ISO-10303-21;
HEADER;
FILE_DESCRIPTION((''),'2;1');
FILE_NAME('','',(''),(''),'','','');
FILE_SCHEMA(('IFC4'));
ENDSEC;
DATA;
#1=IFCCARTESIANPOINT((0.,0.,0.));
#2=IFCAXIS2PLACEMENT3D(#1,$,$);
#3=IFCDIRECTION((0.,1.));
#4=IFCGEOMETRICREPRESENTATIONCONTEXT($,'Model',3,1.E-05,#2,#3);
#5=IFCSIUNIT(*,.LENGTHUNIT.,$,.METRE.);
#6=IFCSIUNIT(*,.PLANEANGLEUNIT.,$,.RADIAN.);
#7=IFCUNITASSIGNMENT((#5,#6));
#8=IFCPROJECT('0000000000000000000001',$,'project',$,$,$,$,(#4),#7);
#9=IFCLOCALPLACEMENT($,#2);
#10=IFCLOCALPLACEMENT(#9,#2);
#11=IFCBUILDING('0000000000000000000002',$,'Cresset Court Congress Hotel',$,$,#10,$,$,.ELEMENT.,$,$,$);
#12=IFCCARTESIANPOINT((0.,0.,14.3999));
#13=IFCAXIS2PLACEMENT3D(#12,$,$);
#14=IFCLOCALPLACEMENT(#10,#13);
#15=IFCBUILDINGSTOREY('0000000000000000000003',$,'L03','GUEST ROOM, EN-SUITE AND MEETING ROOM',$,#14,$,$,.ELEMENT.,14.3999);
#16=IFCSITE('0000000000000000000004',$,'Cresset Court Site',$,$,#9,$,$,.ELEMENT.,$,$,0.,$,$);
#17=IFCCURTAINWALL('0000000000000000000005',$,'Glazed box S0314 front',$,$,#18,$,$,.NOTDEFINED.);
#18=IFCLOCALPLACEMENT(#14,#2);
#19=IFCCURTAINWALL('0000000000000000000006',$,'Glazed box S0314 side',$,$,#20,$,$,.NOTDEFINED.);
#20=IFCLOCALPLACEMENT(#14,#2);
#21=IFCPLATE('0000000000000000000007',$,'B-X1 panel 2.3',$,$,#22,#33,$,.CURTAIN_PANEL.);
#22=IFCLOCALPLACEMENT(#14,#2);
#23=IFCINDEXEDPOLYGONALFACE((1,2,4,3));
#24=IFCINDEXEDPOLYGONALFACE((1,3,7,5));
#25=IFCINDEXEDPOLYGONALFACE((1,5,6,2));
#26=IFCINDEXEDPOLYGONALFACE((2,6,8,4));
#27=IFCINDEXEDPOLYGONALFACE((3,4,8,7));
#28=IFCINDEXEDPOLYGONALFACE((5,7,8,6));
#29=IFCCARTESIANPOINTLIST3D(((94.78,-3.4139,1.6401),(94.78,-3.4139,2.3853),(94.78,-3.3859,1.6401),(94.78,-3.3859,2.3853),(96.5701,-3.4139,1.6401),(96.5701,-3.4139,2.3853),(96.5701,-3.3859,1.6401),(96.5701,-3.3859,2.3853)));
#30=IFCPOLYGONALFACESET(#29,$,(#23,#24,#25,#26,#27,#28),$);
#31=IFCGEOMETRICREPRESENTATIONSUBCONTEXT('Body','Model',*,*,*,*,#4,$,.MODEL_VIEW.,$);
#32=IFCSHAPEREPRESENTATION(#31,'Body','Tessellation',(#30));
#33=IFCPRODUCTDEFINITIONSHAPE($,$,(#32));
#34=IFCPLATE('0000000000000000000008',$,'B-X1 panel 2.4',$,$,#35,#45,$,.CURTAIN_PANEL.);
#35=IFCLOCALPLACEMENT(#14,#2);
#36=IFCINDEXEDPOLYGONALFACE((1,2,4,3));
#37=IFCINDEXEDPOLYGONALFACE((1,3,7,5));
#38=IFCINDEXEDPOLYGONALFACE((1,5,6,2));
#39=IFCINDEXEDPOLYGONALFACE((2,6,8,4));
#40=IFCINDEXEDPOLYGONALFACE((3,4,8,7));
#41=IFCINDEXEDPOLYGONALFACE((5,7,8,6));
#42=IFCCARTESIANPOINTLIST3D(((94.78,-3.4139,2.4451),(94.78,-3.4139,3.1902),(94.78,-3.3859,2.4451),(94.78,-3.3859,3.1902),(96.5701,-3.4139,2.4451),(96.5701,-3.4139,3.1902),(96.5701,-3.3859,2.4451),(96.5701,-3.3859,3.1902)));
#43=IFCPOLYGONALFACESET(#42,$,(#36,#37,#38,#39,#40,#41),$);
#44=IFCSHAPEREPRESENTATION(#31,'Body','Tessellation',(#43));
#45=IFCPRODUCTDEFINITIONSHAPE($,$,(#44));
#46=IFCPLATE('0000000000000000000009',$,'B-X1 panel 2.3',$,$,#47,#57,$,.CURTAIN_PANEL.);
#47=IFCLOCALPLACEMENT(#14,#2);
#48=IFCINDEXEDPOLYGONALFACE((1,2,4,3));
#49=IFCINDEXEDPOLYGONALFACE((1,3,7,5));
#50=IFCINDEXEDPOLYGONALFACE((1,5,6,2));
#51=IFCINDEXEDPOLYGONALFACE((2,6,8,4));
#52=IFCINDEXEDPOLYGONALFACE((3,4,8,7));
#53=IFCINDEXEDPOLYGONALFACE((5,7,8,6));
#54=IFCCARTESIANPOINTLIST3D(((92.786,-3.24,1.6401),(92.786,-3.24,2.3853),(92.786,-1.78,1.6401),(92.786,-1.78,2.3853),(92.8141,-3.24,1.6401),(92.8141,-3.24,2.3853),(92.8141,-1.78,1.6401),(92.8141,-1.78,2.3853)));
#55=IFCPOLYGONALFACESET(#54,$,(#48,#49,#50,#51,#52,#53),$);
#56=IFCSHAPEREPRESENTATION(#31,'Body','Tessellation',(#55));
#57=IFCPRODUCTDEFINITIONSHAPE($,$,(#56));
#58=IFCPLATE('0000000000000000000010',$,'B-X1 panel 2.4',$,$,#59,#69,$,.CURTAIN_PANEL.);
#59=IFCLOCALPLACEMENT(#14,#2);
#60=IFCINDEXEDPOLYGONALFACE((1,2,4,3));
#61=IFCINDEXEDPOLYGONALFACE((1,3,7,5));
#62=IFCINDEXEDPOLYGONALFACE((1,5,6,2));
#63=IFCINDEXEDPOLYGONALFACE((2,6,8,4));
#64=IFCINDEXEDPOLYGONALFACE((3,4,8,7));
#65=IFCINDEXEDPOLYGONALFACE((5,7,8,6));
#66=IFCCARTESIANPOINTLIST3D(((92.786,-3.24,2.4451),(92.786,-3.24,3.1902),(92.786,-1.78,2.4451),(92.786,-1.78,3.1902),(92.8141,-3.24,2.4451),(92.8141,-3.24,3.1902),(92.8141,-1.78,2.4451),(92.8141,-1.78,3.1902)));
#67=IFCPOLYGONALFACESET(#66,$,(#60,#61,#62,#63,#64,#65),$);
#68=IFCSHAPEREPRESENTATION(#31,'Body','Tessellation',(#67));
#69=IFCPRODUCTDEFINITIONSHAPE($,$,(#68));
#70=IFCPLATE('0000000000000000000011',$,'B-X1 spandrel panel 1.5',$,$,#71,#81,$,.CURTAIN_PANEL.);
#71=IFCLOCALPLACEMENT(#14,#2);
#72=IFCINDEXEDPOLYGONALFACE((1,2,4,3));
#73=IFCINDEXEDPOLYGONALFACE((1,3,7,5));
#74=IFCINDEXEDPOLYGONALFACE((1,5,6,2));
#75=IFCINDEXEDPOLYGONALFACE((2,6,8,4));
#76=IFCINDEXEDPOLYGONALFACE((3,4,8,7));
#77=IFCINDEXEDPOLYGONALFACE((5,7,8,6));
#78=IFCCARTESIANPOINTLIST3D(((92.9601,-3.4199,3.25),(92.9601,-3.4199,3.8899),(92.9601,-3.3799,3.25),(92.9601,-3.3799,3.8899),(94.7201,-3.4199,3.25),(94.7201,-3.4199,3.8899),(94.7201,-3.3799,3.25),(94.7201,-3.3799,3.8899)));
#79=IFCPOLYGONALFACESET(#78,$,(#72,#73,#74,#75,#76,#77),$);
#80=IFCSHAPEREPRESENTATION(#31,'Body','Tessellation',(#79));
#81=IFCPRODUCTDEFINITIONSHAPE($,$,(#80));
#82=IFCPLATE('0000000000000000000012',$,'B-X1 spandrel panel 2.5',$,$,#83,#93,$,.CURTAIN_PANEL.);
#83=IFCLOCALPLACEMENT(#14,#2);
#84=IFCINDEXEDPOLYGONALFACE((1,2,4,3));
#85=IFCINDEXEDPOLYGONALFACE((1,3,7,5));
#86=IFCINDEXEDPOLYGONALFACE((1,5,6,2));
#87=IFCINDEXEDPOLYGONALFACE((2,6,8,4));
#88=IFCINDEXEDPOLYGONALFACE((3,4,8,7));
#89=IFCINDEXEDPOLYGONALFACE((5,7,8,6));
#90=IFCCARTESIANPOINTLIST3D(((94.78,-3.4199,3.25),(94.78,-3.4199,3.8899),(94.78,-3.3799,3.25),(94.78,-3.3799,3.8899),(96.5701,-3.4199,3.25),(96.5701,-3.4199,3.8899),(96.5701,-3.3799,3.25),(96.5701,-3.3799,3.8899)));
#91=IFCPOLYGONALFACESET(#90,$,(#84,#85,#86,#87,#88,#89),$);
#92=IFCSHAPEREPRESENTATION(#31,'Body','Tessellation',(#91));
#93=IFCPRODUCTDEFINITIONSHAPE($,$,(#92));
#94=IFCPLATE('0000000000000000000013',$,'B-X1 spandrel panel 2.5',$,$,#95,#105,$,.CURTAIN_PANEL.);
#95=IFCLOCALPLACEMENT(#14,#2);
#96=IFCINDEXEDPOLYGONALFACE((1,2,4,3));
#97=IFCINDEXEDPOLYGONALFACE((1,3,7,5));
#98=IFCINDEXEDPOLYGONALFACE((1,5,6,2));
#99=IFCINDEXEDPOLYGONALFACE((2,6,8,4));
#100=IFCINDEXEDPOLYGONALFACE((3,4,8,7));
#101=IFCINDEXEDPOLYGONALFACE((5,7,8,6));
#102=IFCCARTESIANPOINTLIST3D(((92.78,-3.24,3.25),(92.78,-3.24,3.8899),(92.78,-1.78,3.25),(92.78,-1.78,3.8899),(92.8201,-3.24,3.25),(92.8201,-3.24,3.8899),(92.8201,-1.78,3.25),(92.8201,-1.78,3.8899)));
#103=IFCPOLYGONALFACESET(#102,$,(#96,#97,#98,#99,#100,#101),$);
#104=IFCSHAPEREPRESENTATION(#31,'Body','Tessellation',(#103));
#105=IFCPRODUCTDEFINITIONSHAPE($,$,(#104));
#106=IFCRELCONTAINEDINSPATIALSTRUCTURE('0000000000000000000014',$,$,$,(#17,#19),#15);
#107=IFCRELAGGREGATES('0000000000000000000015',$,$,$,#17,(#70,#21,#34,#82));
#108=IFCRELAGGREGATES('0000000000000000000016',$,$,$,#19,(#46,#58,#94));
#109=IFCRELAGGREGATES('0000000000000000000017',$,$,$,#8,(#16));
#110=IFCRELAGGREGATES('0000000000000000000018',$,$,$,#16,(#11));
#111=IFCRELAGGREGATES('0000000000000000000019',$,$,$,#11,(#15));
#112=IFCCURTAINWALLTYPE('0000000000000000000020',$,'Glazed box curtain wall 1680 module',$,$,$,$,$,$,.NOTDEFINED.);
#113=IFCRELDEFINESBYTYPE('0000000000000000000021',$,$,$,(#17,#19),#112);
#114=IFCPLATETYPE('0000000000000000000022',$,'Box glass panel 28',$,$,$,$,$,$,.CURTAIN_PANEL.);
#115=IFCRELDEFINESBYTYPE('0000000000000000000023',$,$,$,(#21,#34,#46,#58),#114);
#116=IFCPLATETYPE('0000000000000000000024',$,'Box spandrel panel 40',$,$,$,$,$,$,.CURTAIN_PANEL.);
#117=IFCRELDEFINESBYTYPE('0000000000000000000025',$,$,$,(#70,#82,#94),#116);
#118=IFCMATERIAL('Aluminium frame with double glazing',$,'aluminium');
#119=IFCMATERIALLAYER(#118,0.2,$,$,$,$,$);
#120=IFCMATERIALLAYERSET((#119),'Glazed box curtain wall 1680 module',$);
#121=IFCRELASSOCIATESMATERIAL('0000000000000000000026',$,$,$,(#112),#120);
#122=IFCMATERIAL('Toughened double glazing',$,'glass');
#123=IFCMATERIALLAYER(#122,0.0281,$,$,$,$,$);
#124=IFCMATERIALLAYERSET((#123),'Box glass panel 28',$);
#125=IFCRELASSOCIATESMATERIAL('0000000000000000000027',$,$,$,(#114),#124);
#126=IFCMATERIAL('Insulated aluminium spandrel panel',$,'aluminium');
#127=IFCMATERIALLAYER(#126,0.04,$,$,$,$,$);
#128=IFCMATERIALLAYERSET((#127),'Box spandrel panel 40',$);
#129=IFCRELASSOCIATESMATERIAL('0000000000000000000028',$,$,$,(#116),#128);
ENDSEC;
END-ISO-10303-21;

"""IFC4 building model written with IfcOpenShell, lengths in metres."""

from ifc_helpers import new_model, si_unit, direction, frame, origin, origin_2d, place, context, subcontext, project, spatial, rectangle, extrude, material, layer, layer_set, type_object, element, aggregate, save


model = new_model("IFC4")

# Units and contexts
model_context = context("Model", 3, precision=1e-05, world=origin(), true_north=direction((0.0, 1.0)))
body_context = subcontext(model_context, "Body", "Model", "MODEL_VIEW")
ifc_project = project(units=[si_unit("LENGTHUNIT", "METRE"), si_unit("PLANEANGLEUNIT", "RADIAN")], contexts=[model_context])

# Site, building, storey
site_placement = place(None, origin())
site = spatial("IfcSite", under=ifc_project, at=site_placement, Name="Cresset Court Site", CompositionType="ELEMENT", RefElevation=0.0)
building_placement = place(site_placement, origin())
building = spatial("IfcBuilding", under=site, at=building_placement, Name="Cresset Court Congress Hotel", CompositionType="ELEMENT")
storey_placement = place(building_placement, frame((0.0, 0.0, 14.3999)))
storey = spatial("IfcBuildingStorey", under=building, at=storey_placement, Name="L03", Description="GUEST ROOM, EN-SUITE AND MEETING ROOM", CompositionType="ELEMENT", Elevation=14.3999)

# Curtain walls
ifc_material_1 = material(Name="Aluminium frame with double glazing", Category="aluminium")
ifc_layer_1 = layer(ifc_material_1, 0.2)
ifc_layer_set_1 = layer_set([ifc_layer_1], Name="Glazed box curtain wall 1680 module")
curtain_wall_type = type_object("IfcCurtainWallType", Name="Glazed box curtain wall 1680 module", PredefinedType="NOTDEFINED", material=ifc_layer_set_1)
curtain_wall_1_placement = place(storey_placement, origin())
curtain_wall_1 = element("IfcCurtainWall", 1, at=curtain_wall_1_placement, inside=storey, type_object=curtain_wall_type, Name="Glazed box S0314 front", PredefinedType="NOTDEFINED")
curtain_wall_2_placement = place(storey_placement, origin())
curtain_wall_2 = element("IfcCurtainWall", 2, at=curtain_wall_2_placement, inside=storey, type_object=curtain_wall_type, Name="Glazed box S0314 side", PredefinedType="NOTDEFINED")

# Plates
ifc_material_2 = material(Name="Toughened double glazing", Category="glass")
ifc_layer_2 = layer(ifc_material_2, 0.0281)
ifc_layer_set_2 = layer_set([ifc_layer_2], Name="Box glass panel 28")
plate_type_1 = type_object("IfcPlateType", Name="Box glass panel 28", PredefinedType="CURTAIN_PANEL", material=ifc_layer_set_2)
plate_1_placement = place(storey_placement, frame((95.675, -3.3999, 1.6401), z_axis=(0.0, 0.0, 1.0), x_axis=(1.0, 0.0, 0.0)))
plate_1 = element("IfcPlate", 3, at=plate_1_placement, type_object=plate_type_1, Name="B-X1 panel 2.3", PredefinedType="CURTAIN_PANEL", context=body_context, shape_type="SweptSolid", body=[
    extrude(rectangle(XDim=1.79, YDim=0.0281, at=origin_2d()), origin(), (0.0, 0.0, 1.0), 0.7451),
])
plate_2_placement = place(storey_placement, frame((95.675, -3.3999, 2.4451), z_axis=(0.0, 0.0, 1.0), x_axis=(1.0, 0.0, 0.0)))
plate_2 = element("IfcPlate", 4, at=plate_2_placement, type_object=plate_type_1, Name="B-X1 panel 2.4", PredefinedType="CURTAIN_PANEL", context=body_context, shape_type="SweptSolid", body=[
    extrude(rectangle(XDim=1.79, YDim=0.0281, at=origin_2d()), origin(), (0.0, 0.0, 1.0), 0.7451),
])
plate_3_placement = place(storey_placement, frame((92.8, -2.51, 1.6401), z_axis=(0.0, 0.0, 1.0), x_axis=(0.0, -1.0, 0.0)))
plate_3 = element("IfcPlate", 5, at=plate_3_placement, type_object=plate_type_1, Name="B-X1 panel 2.3", PredefinedType="CURTAIN_PANEL", context=body_context, shape_type="SweptSolid", body=[
    extrude(rectangle(XDim=1.46, YDim=0.0281, at=origin_2d()), origin(), (0.0, 0.0, 1.0), 0.7451),
])
plate_4_placement = place(storey_placement, frame((92.8, -2.51, 2.4451), z_axis=(0.0, 0.0, 1.0), x_axis=(0.0, -1.0, 0.0)))
plate_4 = element("IfcPlate", 6, at=plate_4_placement, type_object=plate_type_1, Name="B-X1 panel 2.4", PredefinedType="CURTAIN_PANEL", context=body_context, shape_type="SweptSolid", body=[
    extrude(rectangle(XDim=1.46, YDim=0.0281, at=origin_2d()), origin(), (0.0, 0.0, 1.0), 0.7451),
])
ifc_material_3 = material(Name="Insulated aluminium spandrel panel", Category="aluminium")
ifc_layer_3 = layer(ifc_material_3, 0.04)
ifc_layer_set_3 = layer_set([ifc_layer_3], Name="Box spandrel panel 40")
plate_type_2 = type_object("IfcPlateType", Name="Box spandrel panel 40", PredefinedType="CURTAIN_PANEL", material=ifc_layer_set_3)
plate_5_placement = place(storey_placement, frame((93.8401, -3.3999, 3.25), z_axis=(0.0, 0.0, 1.0), x_axis=(1.0, 0.0, 0.0)))
plate_5 = element("IfcPlate", 7, at=plate_5_placement, type_object=plate_type_2, Name="B-X1 spandrel panel 1.5", PredefinedType="CURTAIN_PANEL", context=body_context, shape_type="SweptSolid", body=[
    extrude(rectangle(XDim=1.76, YDim=0.04, at=origin_2d()), origin(), (0.0, 0.0, 1.0), 0.6399),
])
plate_6_placement = place(storey_placement, frame((95.675, -3.3999, 3.25), z_axis=(0.0, 0.0, 1.0), x_axis=(1.0, 0.0, 0.0)))
plate_6 = element("IfcPlate", 8, at=plate_6_placement, type_object=plate_type_2, Name="B-X1 spandrel panel 2.5", PredefinedType="CURTAIN_PANEL", context=body_context, shape_type="SweptSolid", body=[
    extrude(rectangle(XDim=1.79, YDim=0.04, at=origin_2d()), origin(), (0.0, 0.0, 1.0), 0.6399),
])
aggregate(curtain_wall_1, [plate_5, plate_1, plate_2, plate_6])
plate_7_placement = place(storey_placement, frame((92.8, -2.51, 3.25), z_axis=(0.0, 0.0, 1.0), x_axis=(0.0, -1.0, 0.0)))
plate_7 = element("IfcPlate", 9, at=plate_7_placement, type_object=plate_type_2, Name="B-X1 spandrel panel 2.5", PredefinedType="CURTAIN_PANEL", context=body_context, shape_type="SweptSolid", body=[
    extrude(rectangle(XDim=1.46, YDim=0.04, at=origin_2d()), origin(), (0.0, 0.0, 1.0), 0.6399),
])
aggregate(curtain_wall_2, [plate_3, plate_4, plate_7])

save(model, "model.ifc")
